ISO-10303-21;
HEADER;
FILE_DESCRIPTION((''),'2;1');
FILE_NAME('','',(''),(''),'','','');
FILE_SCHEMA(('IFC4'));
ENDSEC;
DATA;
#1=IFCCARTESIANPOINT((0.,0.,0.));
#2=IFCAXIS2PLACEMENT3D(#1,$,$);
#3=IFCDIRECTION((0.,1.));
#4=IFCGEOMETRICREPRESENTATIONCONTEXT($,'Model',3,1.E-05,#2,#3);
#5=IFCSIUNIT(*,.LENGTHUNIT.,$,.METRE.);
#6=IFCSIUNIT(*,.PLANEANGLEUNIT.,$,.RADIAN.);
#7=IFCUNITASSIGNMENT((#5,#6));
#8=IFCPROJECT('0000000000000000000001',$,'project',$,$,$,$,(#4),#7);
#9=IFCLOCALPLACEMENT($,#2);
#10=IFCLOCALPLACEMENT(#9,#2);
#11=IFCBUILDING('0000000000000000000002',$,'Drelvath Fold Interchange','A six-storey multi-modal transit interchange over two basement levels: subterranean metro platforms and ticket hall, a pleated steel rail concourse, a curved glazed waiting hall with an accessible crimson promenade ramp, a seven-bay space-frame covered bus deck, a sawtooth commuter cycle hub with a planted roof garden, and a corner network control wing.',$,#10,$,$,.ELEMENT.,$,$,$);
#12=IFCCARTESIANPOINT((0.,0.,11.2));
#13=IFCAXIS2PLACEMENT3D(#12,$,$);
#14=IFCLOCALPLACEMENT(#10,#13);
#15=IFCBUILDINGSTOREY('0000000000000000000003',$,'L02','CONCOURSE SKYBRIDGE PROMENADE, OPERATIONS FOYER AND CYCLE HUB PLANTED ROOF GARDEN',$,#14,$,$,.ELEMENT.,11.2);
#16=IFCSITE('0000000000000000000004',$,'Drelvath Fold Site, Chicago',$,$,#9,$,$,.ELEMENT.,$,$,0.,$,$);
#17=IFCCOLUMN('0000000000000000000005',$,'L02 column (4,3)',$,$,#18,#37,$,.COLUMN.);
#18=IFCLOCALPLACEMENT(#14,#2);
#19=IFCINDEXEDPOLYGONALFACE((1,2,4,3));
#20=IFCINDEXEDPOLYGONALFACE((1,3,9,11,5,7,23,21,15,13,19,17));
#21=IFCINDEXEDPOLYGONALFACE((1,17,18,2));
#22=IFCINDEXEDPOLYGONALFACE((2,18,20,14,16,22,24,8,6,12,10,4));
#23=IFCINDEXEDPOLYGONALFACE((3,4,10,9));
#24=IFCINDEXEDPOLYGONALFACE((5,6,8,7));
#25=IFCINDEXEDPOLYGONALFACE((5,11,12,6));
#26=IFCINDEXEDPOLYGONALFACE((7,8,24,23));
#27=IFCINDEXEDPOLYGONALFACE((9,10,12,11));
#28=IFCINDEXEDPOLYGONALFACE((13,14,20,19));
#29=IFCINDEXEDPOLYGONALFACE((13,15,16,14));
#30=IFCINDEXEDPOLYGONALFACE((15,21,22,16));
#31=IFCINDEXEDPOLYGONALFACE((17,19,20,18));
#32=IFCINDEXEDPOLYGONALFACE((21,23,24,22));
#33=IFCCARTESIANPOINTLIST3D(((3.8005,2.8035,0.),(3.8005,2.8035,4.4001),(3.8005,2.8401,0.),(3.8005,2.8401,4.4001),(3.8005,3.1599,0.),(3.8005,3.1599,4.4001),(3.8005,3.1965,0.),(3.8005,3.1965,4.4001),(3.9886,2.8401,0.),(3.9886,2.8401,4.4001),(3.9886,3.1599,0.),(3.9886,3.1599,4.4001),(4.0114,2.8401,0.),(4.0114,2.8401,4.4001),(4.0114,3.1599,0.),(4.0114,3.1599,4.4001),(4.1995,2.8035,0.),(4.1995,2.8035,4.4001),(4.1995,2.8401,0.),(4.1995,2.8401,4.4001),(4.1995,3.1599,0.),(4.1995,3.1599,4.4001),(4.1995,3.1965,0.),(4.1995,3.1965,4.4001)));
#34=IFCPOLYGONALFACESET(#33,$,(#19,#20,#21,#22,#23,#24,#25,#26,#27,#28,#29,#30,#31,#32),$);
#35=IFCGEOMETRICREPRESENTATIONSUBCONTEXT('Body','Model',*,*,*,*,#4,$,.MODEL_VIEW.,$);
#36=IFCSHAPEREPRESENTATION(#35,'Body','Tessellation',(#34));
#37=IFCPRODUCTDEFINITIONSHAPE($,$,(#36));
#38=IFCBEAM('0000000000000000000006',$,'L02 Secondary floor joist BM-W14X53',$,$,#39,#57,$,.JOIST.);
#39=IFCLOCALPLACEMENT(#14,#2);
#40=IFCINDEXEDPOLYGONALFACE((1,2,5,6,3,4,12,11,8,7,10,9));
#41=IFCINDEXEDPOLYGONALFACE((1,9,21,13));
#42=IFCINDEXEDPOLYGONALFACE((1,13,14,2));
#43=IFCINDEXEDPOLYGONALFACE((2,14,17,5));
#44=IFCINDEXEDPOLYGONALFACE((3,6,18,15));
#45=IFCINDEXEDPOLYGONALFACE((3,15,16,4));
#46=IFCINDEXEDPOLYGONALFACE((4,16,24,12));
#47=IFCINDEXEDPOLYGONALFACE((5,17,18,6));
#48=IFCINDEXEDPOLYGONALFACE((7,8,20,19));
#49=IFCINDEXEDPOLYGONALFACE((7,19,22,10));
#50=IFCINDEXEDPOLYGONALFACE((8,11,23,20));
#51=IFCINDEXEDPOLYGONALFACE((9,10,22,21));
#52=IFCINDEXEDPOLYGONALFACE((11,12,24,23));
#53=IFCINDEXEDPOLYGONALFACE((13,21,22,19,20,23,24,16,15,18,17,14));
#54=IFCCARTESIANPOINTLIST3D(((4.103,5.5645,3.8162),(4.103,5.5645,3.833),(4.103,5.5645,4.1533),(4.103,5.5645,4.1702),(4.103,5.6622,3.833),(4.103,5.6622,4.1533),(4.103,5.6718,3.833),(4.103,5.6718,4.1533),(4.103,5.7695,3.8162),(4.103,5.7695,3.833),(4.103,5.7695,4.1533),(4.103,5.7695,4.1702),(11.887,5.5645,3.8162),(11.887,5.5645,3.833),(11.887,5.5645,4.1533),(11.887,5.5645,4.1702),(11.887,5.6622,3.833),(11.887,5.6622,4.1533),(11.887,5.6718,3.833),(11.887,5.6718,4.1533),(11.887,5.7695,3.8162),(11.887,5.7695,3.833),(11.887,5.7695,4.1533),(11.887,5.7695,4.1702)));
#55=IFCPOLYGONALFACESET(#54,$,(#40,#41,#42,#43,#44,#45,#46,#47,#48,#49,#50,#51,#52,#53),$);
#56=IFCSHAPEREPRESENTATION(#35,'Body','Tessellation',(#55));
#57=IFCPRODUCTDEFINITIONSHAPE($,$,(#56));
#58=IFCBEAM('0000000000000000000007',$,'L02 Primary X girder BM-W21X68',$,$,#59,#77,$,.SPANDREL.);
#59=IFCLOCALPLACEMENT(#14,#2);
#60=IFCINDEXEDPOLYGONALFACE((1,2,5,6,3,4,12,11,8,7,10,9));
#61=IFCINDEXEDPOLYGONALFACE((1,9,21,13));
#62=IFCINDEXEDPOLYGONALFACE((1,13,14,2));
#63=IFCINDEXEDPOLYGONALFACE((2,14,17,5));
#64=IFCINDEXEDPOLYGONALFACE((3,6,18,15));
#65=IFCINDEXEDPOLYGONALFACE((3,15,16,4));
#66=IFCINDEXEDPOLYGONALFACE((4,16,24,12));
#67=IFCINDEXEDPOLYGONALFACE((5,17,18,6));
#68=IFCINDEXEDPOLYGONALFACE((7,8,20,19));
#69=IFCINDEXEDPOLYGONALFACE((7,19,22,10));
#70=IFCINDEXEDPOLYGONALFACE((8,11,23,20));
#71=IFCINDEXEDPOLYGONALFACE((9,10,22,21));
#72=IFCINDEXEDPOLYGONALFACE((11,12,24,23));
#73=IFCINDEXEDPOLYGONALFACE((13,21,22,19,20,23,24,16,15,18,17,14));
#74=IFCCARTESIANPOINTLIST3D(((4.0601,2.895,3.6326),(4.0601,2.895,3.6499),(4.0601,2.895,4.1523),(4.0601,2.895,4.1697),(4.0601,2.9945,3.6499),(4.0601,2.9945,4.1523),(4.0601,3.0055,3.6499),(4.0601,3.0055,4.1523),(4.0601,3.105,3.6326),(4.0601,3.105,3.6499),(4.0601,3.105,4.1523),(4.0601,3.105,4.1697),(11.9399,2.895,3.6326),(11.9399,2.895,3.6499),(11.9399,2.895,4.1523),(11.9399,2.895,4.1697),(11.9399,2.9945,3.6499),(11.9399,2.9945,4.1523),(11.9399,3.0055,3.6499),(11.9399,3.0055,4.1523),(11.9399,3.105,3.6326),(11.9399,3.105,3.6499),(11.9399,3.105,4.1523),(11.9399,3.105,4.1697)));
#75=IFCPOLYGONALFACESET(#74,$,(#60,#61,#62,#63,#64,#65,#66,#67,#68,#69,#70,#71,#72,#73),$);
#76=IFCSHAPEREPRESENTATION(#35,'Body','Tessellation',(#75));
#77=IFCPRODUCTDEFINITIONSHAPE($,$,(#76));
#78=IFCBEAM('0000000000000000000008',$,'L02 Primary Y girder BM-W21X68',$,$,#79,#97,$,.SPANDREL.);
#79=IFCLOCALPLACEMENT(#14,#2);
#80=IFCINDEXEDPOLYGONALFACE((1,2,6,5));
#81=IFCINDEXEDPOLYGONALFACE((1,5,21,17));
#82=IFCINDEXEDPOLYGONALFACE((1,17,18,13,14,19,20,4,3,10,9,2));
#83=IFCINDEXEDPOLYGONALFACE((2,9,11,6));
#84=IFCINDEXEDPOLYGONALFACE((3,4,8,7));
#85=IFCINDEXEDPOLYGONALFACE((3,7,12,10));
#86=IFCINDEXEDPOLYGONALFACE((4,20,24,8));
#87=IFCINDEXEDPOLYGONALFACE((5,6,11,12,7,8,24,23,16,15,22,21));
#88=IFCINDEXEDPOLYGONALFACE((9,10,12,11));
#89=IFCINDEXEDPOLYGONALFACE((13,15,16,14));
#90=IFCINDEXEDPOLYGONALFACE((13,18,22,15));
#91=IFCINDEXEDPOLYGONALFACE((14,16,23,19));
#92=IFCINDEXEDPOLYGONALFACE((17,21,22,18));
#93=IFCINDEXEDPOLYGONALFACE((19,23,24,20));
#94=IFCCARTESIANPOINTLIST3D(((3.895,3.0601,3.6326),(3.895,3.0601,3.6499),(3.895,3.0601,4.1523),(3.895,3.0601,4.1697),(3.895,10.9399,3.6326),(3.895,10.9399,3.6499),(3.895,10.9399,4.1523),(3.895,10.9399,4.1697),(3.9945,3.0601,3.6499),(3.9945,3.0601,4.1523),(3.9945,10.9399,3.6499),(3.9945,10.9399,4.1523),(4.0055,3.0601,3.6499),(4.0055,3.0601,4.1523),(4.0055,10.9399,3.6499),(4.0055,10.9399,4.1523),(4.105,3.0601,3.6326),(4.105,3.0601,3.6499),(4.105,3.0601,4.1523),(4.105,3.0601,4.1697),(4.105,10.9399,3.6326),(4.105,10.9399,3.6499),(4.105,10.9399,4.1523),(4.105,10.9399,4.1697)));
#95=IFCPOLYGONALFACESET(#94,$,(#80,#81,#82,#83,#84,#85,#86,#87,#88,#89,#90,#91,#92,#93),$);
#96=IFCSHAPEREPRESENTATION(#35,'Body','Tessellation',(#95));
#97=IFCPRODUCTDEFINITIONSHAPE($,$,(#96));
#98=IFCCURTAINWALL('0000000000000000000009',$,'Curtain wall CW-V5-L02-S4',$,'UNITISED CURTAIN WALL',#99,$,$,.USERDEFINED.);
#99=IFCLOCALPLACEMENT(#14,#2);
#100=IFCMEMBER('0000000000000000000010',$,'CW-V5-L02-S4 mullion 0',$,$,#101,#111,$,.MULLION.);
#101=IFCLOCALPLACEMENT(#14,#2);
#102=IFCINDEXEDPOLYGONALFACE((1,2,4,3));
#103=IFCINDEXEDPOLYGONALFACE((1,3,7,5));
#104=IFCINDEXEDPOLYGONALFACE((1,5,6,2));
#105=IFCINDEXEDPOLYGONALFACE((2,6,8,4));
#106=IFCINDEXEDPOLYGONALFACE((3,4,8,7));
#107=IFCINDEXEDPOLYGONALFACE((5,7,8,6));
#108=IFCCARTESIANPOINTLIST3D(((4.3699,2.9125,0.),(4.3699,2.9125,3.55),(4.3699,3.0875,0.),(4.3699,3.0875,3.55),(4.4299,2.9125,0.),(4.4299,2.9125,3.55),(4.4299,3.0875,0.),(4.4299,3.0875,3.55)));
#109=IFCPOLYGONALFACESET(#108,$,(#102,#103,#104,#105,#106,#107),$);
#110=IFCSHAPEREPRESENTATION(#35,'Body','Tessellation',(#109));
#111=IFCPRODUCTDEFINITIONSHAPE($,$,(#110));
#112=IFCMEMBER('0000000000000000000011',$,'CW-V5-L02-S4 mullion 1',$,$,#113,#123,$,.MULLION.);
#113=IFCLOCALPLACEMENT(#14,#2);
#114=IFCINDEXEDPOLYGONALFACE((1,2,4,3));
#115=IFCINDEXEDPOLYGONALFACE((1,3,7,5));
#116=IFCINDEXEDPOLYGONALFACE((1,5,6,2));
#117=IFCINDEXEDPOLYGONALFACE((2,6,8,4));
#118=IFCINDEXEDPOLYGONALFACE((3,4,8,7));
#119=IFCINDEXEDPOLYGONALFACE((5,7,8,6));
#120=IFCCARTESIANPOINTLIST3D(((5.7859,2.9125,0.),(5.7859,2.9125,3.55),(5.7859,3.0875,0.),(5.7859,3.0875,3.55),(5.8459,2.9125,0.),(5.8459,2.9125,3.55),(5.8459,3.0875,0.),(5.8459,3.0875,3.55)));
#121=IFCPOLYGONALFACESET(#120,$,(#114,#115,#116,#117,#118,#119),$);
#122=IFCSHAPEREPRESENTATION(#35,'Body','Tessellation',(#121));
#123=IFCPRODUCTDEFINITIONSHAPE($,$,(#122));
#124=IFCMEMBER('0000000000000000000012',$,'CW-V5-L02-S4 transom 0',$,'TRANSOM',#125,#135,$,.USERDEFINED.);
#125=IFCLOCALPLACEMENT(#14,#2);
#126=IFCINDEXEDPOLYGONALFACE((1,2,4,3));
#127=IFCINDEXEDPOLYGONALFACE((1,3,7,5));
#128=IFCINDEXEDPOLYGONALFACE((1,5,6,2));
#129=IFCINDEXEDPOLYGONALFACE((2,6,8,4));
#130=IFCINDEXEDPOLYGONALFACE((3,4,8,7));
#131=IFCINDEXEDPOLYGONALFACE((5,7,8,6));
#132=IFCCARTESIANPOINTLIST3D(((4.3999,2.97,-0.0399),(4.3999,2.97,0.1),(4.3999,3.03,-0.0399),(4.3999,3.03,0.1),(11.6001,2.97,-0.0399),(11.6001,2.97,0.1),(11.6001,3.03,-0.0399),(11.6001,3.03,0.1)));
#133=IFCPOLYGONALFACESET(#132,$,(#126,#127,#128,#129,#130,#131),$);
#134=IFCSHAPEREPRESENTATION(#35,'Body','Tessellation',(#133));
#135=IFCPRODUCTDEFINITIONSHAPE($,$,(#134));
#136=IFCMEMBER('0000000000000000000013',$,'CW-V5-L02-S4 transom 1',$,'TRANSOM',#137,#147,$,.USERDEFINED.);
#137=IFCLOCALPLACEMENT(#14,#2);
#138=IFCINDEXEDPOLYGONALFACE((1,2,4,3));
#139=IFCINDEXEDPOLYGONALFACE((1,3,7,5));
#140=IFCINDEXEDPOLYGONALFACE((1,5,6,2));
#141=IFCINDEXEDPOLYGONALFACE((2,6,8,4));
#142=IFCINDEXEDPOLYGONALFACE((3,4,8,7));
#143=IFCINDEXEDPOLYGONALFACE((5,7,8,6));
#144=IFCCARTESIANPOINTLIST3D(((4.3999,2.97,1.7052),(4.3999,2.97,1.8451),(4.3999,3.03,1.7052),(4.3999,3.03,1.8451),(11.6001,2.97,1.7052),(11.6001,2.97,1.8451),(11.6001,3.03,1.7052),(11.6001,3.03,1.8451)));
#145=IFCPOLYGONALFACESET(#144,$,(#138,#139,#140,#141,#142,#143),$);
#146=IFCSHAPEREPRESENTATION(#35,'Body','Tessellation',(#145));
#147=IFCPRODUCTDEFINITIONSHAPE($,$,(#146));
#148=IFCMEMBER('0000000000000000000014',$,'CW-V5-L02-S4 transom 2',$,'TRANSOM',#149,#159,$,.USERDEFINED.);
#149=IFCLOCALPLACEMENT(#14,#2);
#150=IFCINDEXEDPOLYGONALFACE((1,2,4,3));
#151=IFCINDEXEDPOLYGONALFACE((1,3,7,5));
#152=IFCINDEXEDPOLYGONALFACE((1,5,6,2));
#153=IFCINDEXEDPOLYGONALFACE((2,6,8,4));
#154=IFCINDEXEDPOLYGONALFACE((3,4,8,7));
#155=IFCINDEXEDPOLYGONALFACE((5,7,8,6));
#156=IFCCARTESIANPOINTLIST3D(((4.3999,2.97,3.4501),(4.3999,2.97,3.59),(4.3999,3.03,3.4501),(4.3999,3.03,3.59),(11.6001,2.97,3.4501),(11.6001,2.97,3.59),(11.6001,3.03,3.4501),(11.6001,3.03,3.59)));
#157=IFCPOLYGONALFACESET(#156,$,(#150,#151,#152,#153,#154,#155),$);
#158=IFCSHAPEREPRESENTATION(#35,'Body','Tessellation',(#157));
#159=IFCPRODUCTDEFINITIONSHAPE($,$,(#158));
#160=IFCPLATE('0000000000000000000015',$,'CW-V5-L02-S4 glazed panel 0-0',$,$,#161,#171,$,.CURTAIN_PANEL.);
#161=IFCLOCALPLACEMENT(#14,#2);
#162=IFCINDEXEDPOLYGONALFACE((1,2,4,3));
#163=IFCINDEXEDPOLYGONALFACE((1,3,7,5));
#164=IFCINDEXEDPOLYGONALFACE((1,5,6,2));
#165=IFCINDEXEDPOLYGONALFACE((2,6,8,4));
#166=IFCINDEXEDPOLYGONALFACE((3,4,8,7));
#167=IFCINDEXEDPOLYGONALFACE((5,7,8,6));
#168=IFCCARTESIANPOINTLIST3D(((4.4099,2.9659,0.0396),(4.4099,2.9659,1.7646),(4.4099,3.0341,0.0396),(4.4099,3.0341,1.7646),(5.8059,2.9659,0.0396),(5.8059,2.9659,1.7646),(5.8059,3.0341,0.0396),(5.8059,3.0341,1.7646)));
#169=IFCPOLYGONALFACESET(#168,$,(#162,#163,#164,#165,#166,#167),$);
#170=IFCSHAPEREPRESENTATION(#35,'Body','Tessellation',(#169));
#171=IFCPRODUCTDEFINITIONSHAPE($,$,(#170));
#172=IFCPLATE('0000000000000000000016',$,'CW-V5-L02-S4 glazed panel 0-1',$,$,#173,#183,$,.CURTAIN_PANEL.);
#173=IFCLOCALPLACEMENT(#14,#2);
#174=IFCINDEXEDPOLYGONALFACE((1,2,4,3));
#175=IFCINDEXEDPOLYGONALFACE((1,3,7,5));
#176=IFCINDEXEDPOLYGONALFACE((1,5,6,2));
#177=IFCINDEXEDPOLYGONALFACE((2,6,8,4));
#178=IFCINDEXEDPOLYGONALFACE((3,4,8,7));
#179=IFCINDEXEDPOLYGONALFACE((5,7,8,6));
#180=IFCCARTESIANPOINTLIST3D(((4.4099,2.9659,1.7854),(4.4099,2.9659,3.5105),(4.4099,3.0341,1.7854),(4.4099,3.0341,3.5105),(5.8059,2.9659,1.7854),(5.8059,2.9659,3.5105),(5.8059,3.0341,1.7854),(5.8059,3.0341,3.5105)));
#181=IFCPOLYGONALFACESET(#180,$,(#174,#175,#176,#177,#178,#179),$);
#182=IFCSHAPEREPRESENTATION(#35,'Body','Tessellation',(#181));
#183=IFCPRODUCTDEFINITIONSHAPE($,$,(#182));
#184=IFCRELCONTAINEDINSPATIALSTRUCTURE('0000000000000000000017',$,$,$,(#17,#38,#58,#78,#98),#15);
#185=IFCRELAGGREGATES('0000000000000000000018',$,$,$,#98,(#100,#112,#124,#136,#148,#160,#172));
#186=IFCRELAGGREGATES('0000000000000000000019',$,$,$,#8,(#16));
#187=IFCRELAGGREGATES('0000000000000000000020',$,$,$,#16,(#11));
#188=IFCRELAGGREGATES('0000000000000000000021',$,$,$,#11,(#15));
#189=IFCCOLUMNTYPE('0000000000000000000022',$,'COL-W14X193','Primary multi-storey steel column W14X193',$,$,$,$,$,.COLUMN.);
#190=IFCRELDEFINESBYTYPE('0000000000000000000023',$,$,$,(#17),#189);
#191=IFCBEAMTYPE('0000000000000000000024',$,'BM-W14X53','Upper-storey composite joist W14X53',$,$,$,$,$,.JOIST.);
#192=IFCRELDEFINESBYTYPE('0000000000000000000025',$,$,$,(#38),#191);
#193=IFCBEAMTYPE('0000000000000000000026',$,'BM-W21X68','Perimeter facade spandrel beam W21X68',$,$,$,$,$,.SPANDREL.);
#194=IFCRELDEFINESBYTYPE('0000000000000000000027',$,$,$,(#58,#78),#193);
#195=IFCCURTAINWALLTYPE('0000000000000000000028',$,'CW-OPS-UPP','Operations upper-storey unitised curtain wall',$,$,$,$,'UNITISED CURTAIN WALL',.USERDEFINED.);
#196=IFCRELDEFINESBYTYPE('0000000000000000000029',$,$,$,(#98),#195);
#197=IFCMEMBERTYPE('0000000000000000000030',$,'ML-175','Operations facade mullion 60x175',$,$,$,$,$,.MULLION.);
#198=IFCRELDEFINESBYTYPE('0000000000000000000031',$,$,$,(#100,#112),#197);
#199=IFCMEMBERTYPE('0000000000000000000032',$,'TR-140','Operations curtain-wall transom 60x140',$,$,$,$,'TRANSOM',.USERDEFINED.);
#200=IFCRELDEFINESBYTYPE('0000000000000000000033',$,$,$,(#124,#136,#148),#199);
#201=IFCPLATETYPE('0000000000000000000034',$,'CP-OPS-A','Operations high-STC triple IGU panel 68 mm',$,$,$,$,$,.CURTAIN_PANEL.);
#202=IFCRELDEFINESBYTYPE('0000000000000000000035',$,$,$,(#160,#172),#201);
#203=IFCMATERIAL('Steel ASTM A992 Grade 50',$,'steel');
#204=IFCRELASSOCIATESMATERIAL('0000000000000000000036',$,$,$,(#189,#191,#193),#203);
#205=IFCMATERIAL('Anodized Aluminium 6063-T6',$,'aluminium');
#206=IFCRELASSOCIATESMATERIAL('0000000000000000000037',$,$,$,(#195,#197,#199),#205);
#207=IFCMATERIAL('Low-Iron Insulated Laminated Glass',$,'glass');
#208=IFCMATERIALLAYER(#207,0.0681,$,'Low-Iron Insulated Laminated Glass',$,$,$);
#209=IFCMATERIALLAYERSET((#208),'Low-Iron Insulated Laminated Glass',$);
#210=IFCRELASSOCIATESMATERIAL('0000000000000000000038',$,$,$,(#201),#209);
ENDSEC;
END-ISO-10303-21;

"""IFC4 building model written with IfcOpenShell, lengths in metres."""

from ifc_helpers import new_model, si_unit, direction, frame, origin, origin_2d, place, context, subcontext, project, spatial, rectangle, i_section, extrude, material, layer, layer_set, material_profile, profile_set, type_object, element, aggregate, save


model = new_model("IFC4")

# Units and contexts
model_context = context("Model", 3, precision=1e-05, world=origin(), true_north=direction((0.0, 1.0)))
body_context = subcontext(model_context, "Body", "Model", "MODEL_VIEW")
ifc_project = project(units=[si_unit("LENGTHUNIT", "METRE"), si_unit("PLANEANGLEUNIT", "RADIAN")], contexts=[model_context])

# Site, building, storey
site_placement = place(None, origin())
site = spatial("IfcSite", under=ifc_project, at=site_placement, Name="Drelvath Fold Site, Chicago", CompositionType="ELEMENT", RefElevation=0.0)
building_placement = place(site_placement, origin())
building = spatial("IfcBuilding", under=site, at=building_placement, Name="Drelvath Fold Interchange", Description="A six-storey multi-modal transit interchange over two basement levels: subterranean metro platforms and ticket hall, a pleated steel rail concourse, a curved glazed waiting hall with an accessible crimson promenade ramp, a seven-bay space-frame covered bus deck, a sawtooth commuter cycle hub with a planted roof garden, and a corner network control wing.", CompositionType="ELEMENT")
storey_placement = place(building_placement, frame((0.0, 0.0, 11.2)))
storey = spatial("IfcBuildingStorey", under=building, at=storey_placement, Name="L02", Description="CONCOURSE SKYBRIDGE PROMENADE, OPERATIONS FOYER AND CYCLE HUB PLANTED ROOF GARDEN", CompositionType="ELEMENT", Elevation=11.2)

# Column
ifc_material_1 = material(Name="Steel ASTM A992 Grade 50", Category="steel")
ifc_material_profile_1 = material_profile(ifc_material_1, i_section(OverallWidth=0.3989, OverallDepth=0.3931, WebThickness=0.0227, FlangeThickness=0.0366, at=origin_2d()), Name="W14X193")
ifc_profile_set_1 = profile_set([ifc_material_profile_1], Name="Steel ASTM A992 Grade 50")
column_type = type_object("IfcColumnType", Name="COL-W14X193", Description="Primary multi-storey steel column W14X193", PredefinedType="COLUMN", material=ifc_profile_set_1)
column_placement = place(storey_placement, frame((4.0, 3.0, 0.0), z_axis=(0.0, 0.0, 1.0), x_axis=(1.0, 0.0, 0.0)))
element("IfcColumn", 1, at=column_placement, inside=storey, type_object=column_type, Name="L02 column (4,3)", PredefinedType="COLUMN", context=body_context, shape_type="SweptSolid", body=[
    extrude(i_section(OverallWidth=0.3989, OverallDepth=0.3931, WebThickness=0.0227, FlangeThickness=0.0366, at=origin_2d()), origin(), (0.0, 0.0, 1.0), 4.4001),
])

# Beams
ifc_material_profile_2 = material_profile(ifc_material_1, i_section(OverallWidth=0.2051, OverallDepth=0.354, WebThickness=0.0095, FlangeThickness=0.0168, at=origin_2d()), Name="W14X53")
ifc_profile_set_2 = profile_set([ifc_material_profile_2], Name="Steel ASTM A992 Grade 50")
beam_type_1 = type_object("IfcBeamType", Name="BM-W14X53", Description="Upper-storey composite joist W14X53", PredefinedType="JOIST", material=ifc_profile_set_2)
beam_placement = place(storey_placement, frame((4.103, 5.667, 3.9932), z_axis=(1.0, 0.0, 0.0), x_axis=(0.0, 1.0, 0.0)))
element("IfcBeam", 2, at=beam_placement, inside=storey, type_object=beam_type_1, Name="L02 Secondary floor joist BM-W14X53", PredefinedType="JOIST", context=body_context, shape_type="SweptSolid", body=[
    extrude(i_section(OverallWidth=0.2051, OverallDepth=0.354, WebThickness=0.0095, FlangeThickness=0.0168, at=origin_2d()), origin(), (0.0, 0.0, 1.0), 7.7839),
])
ifc_material_profile_3 = material_profile(ifc_material_1, i_section(OverallWidth=0.21, OverallDepth=0.5371, WebThickness=0.011, FlangeThickness=0.0173, at=origin_2d()), Name="W21X68")
ifc_profile_set_3 = profile_set([ifc_material_profile_3], Name="Steel ASTM A992 Grade 50")
beam_type_2 = type_object("IfcBeamType", Name="BM-W21X68", Description="Perimeter facade spandrel beam W21X68", PredefinedType="SPANDREL", material=ifc_profile_set_3)
for number, where, z_axis, x_axis, name in (
    (3, (4.0601, 3.0, 3.9011), (1.0, 0.0, 0.0), (0.0, 1.0, 0.0), "L02 Primary X girder BM-W21X68"),
    (4, (4.0, 3.0601, 3.9011), (0.0, 1.0, 0.0), (-1.0, 0.0, 0.0), "L02 Primary Y girder BM-W21X68"),
):
    element("IfcBeam", number, at=place(storey_placement, frame(where, z_axis=z_axis, x_axis=x_axis)), inside=storey, type_object=beam_type_2, Name=name, PredefinedType="SPANDREL", context=body_context, shape_type="SweptSolid", body=[
        extrude(i_section(OverallWidth=0.21, OverallDepth=0.5371, WebThickness=0.011, FlangeThickness=0.0173, at=origin_2d()), origin(), (0.0, 0.0, 1.0), 7.8799),
    ])

# Curtain wall, members, plates
ifc_material_2 = material(Name="Anodized Aluminium 6063-T6", Category="aluminium")
curtain_wall_type = type_object("IfcCurtainWallType", Name="CW-OPS-UPP", Description="Operations upper-storey unitised curtain wall", ElementType="UNITISED CURTAIN WALL", PredefinedType="USERDEFINED", material=ifc_material_2)
curtain_wall_placement = place(storey_placement, origin())
curtain_wall = element("IfcCurtainWall", 5, at=curtain_wall_placement, inside=storey, type_object=curtain_wall_type, Name="Curtain wall CW-V5-L02-S4", ObjectType="UNITISED CURTAIN WALL", PredefinedType="USERDEFINED")
ifc_material_profile_4 = material_profile(ifc_material_2, rectangle(XDim=0.0601, YDim=0.175, at=origin_2d()), Name="AL-M 60x175")
ifc_profile_set_4 = profile_set([ifc_material_profile_4], Name="Anodized Aluminium 6063-T6")
member_type_1 = type_object("IfcMemberType", Name="ML-175", Description="Operations facade mullion 60x175", PredefinedType="MULLION", material=ifc_profile_set_4)
member_1_placement = place(storey_placement, frame((4.3999, 3.0, 0.0), z_axis=(0.0, 0.0, 1.0), x_axis=(1.0, 0.0, 0.0)))
member_1 = element("IfcMember", 6, at=member_1_placement, type_object=member_type_1, Name="CW-V5-L02-S4 mullion 0", PredefinedType="MULLION", context=body_context, shape_type="SweptSolid", body=[
    extrude(rectangle(XDim=0.0601, YDim=0.175, at=origin_2d()), origin(), (0.0, 0.0, 1.0), 3.55),
])
member_2_placement = place(storey_placement, frame((5.8159, 3.0, 0.0), z_axis=(0.0, 0.0, 1.0), x_axis=(1.0, 0.0, 0.0)))
member_2 = element("IfcMember", 7, at=member_2_placement, type_object=member_type_1, Name="CW-V5-L02-S4 mullion 1", PredefinedType="MULLION", context=body_context, shape_type="SweptSolid", body=[
    extrude(rectangle(XDim=0.0601, YDim=0.175, at=origin_2d()), origin(), (0.0, 0.0, 1.0), 3.55),
])
ifc_material_profile_5 = material_profile(ifc_material_2, rectangle(XDim=0.0601, YDim=0.1399, at=origin_2d()), Name="AL-T 60x140")
ifc_profile_set_5 = profile_set([ifc_material_profile_5], Name="Anodized Aluminium 6063-T6")
member_type_2 = type_object("IfcMemberType", Name="TR-140", Description="Operations curtain-wall transom 60x140", ElementType="TRANSOM", PredefinedType="USERDEFINED", material=ifc_profile_set_5)
member_3_placement = place(storey_placement, frame((4.3999, 3.0, 0.03), z_axis=(1.0, 0.0, 0.0), x_axis=(0.0, 1.0, 0.0)))
member_3 = element("IfcMember", 8, at=member_3_placement, type_object=member_type_2, Name="CW-V5-L02-S4 transom 0", ObjectType="TRANSOM", PredefinedType="USERDEFINED", context=body_context, shape_type="SweptSolid", body=[
    extrude(rectangle(XDim=0.0601, YDim=0.1399, at=origin_2d()), origin(), (0.0, 0.0, 1.0), 7.2002),
])
member_4_placement = place(storey_placement, frame((4.3999, 3.0, 1.7751), z_axis=(1.0, 0.0, 0.0), x_axis=(0.0, 1.0, 0.0)))
member_4 = element("IfcMember", 9, at=member_4_placement, type_object=member_type_2, Name="CW-V5-L02-S4 transom 1", ObjectType="TRANSOM", PredefinedType="USERDEFINED", context=body_context, shape_type="SweptSolid", body=[
    extrude(rectangle(XDim=0.0601, YDim=0.1399, at=origin_2d()), origin(), (0.0, 0.0, 1.0), 7.2002),
])
member_5_placement = place(storey_placement, frame((4.3999, 3.0, 3.52), z_axis=(1.0, 0.0, 0.0), x_axis=(0.0, 1.0, 0.0)))
member_5 = element("IfcMember", 10, at=member_5_placement, type_object=member_type_2, Name="CW-V5-L02-S4 transom 2", ObjectType="TRANSOM", PredefinedType="USERDEFINED", context=body_context, shape_type="SweptSolid", body=[
    extrude(rectangle(XDim=0.0601, YDim=0.1399, at=origin_2d()), origin(), (0.0, 0.0, 1.0), 7.2002),
])
ifc_material_3 = material(Name="Low-Iron Insulated Laminated Glass", Category="glass")
ifc_layer_1 = layer(ifc_material_3, 0.0681, Name="Low-Iron Insulated Laminated Glass")
ifc_layer_set_1 = layer_set([ifc_layer_1], Name="Low-Iron Insulated Laminated Glass")
plate_type = type_object("IfcPlateType", Name="CP-OPS-A", Description="Operations high-STC triple IGU panel 68 mm", PredefinedType="CURTAIN_PANEL", material=ifc_layer_set_1)
plate_1_placement = place(storey_placement, frame((5.1079, 3.0, 0.0396), z_axis=(0.0, 0.0, 1.0), x_axis=(1.0, 0.0, 0.0)))
plate_1 = element("IfcPlate", 11, at=plate_1_placement, type_object=plate_type, Name="CW-V5-L02-S4 glazed panel 0-0", PredefinedType="CURTAIN_PANEL", context=body_context, shape_type="SweptSolid", body=[
    extrude(rectangle(XDim=1.396, YDim=0.0681, at=origin_2d()), origin(), (0.0, 0.0, 1.0), 1.7251),
])
plate_2_placement = place(storey_placement, frame((5.1079, 3.0, 1.7854), z_axis=(0.0, 0.0, 1.0), x_axis=(1.0, 0.0, 0.0)))
plate_2 = element("IfcPlate", 12, at=plate_2_placement, type_object=plate_type, Name="CW-V5-L02-S4 glazed panel 0-1", PredefinedType="CURTAIN_PANEL", context=body_context, shape_type="SweptSolid", body=[
    extrude(rectangle(XDim=1.396, YDim=0.0681, at=origin_2d()), origin(), (0.0, 0.0, 1.0), 1.7251),
])
aggregate(curtain_wall, [member_1, member_2, member_3, member_4, member_5, plate_1, plate_2])

save(model, "model.ifc")
